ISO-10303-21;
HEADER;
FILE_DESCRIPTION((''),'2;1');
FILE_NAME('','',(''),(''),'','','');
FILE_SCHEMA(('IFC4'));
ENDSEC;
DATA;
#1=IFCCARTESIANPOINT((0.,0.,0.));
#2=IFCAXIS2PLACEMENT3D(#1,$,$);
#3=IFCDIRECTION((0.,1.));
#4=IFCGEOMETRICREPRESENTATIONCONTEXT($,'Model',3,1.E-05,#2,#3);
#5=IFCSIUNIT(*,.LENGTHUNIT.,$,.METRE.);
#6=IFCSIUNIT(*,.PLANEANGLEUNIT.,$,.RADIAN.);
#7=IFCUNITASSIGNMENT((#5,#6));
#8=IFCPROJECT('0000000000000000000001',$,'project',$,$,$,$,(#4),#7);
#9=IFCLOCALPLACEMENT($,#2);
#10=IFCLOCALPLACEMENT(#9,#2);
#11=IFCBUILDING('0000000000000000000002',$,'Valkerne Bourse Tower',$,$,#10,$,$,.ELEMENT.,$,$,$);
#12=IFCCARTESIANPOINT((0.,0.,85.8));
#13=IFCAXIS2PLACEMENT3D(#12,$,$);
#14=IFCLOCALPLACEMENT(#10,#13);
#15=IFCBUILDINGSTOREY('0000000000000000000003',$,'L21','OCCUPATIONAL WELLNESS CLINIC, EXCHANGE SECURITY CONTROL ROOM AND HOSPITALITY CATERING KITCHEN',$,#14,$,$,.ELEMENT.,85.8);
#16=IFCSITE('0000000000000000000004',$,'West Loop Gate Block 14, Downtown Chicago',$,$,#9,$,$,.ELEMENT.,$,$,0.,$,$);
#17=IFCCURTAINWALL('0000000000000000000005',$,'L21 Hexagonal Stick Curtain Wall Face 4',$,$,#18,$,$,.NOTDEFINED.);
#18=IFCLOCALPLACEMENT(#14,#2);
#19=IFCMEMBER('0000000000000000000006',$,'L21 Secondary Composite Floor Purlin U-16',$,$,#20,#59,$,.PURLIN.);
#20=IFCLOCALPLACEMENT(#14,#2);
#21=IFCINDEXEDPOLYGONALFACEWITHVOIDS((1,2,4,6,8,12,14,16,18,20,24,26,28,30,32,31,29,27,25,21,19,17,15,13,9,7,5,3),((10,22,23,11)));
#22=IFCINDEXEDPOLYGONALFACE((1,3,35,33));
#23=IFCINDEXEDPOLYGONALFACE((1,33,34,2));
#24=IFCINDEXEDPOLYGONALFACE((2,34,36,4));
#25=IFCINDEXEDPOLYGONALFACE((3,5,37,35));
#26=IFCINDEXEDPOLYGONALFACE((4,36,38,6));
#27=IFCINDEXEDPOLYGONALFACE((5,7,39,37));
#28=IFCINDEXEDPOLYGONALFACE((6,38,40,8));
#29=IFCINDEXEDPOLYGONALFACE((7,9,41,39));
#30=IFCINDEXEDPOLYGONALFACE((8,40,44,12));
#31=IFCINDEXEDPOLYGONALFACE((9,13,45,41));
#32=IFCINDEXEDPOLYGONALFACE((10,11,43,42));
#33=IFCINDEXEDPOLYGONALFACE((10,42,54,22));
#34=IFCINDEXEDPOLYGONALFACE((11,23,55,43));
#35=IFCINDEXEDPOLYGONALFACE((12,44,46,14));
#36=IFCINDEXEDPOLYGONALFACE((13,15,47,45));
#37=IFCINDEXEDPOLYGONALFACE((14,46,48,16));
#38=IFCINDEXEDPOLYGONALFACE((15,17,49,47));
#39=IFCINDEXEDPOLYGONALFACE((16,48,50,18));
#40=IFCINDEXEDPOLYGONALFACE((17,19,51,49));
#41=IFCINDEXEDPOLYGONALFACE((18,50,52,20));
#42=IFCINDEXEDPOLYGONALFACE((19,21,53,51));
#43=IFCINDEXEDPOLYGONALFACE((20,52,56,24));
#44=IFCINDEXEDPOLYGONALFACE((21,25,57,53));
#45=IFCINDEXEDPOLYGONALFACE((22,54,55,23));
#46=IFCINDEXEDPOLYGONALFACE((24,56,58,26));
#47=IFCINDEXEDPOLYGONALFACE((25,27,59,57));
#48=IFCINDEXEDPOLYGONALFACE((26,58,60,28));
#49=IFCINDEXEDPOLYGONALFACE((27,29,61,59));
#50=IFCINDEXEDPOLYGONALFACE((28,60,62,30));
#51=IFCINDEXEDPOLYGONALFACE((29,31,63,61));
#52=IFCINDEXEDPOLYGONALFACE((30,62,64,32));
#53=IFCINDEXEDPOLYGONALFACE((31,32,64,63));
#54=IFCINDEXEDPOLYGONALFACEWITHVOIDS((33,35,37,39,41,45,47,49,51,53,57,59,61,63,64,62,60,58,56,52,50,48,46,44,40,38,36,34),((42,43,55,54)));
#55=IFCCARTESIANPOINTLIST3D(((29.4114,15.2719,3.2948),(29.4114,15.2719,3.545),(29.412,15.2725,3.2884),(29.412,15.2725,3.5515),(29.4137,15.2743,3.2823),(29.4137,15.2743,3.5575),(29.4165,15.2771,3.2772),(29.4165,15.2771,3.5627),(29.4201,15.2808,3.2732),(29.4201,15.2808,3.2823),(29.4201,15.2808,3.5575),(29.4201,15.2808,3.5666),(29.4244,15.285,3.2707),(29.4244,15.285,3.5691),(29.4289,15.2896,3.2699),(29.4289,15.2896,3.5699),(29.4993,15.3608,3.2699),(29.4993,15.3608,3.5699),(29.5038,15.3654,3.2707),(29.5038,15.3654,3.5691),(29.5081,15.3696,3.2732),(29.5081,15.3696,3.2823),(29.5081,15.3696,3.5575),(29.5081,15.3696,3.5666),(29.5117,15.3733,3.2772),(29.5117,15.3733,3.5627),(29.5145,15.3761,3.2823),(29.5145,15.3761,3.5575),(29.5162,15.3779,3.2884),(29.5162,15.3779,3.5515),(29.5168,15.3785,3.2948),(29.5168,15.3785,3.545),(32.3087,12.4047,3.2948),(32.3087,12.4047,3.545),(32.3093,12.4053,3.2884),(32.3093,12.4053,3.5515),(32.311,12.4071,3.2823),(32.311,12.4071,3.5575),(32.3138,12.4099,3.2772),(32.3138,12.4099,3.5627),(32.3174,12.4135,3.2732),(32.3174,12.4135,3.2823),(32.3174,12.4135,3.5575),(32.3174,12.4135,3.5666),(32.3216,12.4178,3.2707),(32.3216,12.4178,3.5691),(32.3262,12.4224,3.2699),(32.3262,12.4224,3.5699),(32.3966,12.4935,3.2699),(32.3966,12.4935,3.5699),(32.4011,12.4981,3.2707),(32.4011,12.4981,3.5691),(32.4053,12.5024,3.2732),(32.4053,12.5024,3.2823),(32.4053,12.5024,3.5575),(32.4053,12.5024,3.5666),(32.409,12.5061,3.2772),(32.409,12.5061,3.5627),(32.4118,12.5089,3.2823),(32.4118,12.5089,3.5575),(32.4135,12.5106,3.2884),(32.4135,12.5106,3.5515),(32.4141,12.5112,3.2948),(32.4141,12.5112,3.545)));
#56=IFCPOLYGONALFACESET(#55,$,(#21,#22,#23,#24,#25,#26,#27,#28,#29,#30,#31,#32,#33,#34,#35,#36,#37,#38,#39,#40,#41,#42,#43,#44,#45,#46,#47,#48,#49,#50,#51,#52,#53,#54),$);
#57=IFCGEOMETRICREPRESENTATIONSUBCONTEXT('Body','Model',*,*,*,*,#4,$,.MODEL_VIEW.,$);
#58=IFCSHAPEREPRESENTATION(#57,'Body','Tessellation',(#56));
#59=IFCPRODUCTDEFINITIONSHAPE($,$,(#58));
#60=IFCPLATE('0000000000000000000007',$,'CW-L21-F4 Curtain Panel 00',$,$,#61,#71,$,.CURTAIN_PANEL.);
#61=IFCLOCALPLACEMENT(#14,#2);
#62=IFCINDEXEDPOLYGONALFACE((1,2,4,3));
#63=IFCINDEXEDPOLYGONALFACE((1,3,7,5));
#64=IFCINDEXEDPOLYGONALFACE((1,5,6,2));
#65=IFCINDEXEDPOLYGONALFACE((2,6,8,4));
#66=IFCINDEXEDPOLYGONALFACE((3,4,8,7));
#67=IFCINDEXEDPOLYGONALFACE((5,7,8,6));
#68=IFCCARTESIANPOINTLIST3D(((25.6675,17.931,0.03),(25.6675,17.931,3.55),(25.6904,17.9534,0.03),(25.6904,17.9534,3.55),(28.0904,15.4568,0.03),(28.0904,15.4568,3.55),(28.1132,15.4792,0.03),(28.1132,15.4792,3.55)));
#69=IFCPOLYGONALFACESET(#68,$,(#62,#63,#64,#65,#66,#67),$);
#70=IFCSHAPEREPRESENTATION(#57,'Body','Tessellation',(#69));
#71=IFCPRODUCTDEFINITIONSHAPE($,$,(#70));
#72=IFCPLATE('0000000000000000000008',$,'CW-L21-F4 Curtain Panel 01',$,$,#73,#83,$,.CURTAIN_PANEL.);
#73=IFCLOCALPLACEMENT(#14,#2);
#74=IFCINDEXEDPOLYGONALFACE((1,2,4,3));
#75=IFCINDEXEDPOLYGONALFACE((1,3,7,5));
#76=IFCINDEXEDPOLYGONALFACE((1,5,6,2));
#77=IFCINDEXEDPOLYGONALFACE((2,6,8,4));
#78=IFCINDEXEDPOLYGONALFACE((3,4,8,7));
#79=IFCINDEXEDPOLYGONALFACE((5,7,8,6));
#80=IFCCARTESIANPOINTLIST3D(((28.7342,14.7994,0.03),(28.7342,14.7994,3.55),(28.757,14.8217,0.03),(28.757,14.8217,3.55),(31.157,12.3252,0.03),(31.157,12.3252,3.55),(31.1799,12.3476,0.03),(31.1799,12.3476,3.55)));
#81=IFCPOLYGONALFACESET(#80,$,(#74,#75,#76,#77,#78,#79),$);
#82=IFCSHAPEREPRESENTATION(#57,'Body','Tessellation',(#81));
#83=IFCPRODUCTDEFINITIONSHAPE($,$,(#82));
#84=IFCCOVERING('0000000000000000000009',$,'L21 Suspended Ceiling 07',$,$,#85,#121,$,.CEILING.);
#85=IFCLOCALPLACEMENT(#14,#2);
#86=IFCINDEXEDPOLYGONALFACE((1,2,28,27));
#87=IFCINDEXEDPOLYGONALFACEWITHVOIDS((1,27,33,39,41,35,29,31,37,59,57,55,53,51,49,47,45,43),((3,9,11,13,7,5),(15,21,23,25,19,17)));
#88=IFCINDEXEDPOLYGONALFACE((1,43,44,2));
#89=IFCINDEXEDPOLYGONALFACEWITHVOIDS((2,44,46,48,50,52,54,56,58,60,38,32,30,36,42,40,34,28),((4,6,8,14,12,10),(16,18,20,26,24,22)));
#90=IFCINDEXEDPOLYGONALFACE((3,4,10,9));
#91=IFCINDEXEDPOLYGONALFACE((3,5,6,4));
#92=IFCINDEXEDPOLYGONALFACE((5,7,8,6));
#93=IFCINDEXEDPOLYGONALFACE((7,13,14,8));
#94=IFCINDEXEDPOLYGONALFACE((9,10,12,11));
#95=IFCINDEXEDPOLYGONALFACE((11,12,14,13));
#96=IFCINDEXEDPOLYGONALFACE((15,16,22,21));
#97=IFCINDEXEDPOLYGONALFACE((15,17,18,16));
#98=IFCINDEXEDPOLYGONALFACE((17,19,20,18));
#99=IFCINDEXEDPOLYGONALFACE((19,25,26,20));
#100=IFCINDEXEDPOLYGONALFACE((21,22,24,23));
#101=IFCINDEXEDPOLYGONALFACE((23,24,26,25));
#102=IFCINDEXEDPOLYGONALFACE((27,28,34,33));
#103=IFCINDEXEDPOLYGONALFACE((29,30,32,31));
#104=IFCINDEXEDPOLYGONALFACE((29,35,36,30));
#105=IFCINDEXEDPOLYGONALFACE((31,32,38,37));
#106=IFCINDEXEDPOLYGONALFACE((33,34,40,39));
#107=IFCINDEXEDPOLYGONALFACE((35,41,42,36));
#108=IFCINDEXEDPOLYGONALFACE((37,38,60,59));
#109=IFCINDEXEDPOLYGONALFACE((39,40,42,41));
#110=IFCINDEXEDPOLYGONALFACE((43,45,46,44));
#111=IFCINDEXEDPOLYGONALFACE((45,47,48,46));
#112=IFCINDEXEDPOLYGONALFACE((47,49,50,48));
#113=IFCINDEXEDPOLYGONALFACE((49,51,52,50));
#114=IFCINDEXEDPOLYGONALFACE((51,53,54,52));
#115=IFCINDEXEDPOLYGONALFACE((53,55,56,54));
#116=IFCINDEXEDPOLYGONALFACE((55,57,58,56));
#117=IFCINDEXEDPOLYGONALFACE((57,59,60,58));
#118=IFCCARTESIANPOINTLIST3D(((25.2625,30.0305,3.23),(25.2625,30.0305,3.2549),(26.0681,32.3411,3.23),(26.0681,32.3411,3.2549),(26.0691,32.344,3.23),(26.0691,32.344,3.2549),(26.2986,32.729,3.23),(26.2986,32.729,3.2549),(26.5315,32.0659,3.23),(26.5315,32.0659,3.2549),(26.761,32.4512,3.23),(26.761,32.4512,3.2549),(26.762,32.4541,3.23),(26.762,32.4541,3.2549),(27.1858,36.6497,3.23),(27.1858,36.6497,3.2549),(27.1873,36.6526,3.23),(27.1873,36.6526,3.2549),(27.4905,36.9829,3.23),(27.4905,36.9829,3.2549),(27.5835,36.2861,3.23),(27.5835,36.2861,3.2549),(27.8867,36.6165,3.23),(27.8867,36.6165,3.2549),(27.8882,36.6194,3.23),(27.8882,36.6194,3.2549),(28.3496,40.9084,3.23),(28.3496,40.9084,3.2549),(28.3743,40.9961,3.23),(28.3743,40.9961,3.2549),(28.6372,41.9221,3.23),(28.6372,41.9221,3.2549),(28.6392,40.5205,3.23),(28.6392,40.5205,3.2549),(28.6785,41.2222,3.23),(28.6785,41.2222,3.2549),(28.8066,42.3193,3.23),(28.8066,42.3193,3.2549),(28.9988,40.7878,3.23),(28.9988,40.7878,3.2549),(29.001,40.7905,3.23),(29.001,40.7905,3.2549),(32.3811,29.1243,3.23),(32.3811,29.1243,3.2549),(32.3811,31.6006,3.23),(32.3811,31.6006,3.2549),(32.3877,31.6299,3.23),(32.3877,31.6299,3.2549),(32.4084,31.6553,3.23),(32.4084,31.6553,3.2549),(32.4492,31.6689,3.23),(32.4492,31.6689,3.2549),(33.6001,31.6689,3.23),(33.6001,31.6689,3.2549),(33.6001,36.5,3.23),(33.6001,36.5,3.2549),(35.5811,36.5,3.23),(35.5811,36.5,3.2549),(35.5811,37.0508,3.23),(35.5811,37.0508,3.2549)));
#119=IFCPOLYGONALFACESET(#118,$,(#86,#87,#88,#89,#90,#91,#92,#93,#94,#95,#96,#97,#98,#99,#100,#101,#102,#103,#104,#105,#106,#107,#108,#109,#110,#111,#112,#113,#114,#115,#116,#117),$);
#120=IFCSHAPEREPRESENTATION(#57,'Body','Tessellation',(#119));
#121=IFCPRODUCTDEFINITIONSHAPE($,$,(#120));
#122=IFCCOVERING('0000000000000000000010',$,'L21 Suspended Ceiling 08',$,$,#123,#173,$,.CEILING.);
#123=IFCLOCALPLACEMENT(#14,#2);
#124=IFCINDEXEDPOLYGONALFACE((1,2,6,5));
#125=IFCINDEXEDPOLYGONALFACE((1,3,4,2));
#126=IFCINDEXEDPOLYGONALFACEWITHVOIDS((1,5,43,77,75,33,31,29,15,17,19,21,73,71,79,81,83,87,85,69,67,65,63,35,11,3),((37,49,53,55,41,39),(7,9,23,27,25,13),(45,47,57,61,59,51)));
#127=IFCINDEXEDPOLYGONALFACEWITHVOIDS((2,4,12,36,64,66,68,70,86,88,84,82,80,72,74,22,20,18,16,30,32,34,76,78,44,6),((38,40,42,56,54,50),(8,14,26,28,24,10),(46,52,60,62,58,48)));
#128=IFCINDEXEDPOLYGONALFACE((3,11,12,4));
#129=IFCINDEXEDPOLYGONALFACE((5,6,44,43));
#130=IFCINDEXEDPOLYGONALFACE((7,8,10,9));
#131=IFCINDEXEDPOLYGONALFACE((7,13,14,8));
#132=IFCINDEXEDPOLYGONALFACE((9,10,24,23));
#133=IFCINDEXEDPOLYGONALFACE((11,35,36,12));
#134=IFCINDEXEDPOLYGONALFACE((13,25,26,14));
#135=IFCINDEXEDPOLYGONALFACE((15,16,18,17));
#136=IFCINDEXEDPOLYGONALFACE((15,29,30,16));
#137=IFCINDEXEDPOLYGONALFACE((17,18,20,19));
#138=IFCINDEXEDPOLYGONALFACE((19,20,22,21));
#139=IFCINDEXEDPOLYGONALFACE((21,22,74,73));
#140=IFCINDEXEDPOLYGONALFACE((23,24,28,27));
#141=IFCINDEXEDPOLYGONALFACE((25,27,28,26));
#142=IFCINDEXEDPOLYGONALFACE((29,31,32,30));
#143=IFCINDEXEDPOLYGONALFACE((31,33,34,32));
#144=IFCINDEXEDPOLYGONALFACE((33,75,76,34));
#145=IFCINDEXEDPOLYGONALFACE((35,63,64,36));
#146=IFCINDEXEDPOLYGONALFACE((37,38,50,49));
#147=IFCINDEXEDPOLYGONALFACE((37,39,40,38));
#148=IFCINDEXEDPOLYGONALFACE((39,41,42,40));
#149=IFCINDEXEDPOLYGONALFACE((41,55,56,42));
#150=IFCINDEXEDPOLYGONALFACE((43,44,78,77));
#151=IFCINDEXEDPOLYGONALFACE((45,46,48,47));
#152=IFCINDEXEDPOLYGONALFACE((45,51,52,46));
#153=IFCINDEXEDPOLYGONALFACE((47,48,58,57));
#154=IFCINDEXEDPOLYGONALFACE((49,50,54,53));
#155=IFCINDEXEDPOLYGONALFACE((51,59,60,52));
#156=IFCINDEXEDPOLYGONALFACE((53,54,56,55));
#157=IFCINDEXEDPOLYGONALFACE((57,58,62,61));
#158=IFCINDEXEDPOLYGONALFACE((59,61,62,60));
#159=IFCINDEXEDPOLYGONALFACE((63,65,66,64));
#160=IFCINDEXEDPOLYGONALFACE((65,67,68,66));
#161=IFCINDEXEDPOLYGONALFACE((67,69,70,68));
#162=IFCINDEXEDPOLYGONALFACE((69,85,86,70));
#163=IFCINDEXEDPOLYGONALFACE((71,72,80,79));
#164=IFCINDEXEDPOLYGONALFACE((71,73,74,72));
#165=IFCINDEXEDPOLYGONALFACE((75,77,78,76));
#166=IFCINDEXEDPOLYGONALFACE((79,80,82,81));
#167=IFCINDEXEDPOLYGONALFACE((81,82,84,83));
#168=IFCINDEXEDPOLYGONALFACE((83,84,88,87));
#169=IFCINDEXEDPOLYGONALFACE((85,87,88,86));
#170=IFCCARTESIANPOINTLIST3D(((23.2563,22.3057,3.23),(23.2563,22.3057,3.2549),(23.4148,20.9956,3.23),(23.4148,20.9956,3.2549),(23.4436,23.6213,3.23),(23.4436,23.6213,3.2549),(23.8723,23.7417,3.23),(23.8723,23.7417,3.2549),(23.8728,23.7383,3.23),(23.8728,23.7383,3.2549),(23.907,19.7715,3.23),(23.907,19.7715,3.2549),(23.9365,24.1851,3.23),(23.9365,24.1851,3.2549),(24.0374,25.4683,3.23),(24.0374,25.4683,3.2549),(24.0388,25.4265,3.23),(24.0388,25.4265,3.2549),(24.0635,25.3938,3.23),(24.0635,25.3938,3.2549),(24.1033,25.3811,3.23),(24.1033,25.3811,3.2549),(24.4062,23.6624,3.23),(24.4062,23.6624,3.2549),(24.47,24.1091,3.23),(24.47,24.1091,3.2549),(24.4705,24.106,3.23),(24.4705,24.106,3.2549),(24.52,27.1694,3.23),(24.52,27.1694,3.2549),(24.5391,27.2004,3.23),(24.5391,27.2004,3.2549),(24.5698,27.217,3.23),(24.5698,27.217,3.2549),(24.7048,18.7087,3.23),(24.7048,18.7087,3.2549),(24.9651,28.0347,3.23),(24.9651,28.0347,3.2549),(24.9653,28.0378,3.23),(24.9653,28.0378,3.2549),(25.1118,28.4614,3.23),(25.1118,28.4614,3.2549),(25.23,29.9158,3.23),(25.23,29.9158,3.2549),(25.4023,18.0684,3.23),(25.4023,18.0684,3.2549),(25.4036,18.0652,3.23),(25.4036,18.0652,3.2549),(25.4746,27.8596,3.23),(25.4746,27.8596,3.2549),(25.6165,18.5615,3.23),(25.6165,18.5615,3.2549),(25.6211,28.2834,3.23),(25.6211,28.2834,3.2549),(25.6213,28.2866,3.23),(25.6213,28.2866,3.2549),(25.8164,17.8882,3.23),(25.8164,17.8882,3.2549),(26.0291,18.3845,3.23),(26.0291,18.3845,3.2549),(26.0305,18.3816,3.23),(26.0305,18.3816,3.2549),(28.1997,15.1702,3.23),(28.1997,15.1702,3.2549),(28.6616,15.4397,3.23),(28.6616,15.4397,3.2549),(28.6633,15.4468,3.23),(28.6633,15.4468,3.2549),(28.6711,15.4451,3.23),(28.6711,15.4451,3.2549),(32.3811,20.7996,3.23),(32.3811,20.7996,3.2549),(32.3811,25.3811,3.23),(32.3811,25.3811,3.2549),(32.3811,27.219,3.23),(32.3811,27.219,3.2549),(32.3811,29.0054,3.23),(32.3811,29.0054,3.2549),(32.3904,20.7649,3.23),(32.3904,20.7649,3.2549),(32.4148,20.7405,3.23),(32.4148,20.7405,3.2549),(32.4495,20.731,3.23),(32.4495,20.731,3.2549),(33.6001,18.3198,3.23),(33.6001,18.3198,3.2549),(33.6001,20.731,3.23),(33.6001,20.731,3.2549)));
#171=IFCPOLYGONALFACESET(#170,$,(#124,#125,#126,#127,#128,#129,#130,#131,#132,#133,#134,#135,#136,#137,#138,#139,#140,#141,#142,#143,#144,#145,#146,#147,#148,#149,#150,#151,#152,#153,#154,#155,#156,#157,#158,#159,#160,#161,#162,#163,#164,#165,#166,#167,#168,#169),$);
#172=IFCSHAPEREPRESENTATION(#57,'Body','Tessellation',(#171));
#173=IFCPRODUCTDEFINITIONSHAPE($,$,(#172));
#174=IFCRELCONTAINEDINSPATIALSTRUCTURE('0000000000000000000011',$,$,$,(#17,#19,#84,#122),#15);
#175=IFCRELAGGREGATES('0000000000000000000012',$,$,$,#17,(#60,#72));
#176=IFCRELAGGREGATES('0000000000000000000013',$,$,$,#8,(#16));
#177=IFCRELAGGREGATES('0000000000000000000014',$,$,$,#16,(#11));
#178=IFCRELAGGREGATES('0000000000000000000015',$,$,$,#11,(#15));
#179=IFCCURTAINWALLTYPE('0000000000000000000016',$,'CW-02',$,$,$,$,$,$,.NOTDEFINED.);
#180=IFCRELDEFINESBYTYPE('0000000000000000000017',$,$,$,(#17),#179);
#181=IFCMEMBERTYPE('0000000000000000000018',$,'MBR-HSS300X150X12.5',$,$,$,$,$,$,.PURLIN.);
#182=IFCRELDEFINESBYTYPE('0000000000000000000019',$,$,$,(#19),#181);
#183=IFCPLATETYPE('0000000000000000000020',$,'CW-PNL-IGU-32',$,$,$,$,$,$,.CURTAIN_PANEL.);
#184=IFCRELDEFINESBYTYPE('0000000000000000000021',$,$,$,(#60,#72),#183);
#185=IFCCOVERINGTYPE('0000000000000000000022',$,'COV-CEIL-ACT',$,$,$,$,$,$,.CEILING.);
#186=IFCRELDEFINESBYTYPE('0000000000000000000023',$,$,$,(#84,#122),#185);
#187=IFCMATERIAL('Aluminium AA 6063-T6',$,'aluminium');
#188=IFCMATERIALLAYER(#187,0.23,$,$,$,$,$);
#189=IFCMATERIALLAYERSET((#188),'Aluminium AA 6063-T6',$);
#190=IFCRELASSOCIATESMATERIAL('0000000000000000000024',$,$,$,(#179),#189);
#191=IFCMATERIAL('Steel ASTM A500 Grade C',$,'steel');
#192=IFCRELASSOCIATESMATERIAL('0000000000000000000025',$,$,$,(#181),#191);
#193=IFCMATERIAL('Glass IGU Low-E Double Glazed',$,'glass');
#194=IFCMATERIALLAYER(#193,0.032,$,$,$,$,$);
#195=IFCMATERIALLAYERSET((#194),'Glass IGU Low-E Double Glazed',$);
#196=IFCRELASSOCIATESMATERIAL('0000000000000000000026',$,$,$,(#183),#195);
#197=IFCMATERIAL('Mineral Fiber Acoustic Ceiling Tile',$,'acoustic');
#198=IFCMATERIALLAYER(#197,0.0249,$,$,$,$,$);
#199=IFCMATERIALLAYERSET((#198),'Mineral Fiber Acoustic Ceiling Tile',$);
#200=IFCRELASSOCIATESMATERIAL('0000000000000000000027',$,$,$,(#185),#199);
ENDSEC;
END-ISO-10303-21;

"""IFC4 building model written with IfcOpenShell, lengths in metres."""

from ifc_helpers import new_model, si_unit, direction, frame, origin, origin_2d, place, context, subcontext, project, spatial, polyline, rectangle, hollow_rectangle, outline, extrude, material, layer, layer_set, material_profile, profile_set, type_object, element, aggregate, save


model = new_model("IFC4")

# Units and contexts
model_context = context("Model", 3, precision=1e-05, world=origin(), true_north=direction((0.0, 1.0)))
body_context = subcontext(model_context, "Body", "Model", "MODEL_VIEW")
ifc_project = project(units=[si_unit("LENGTHUNIT", "METRE"), si_unit("PLANEANGLEUNIT", "RADIAN")], contexts=[model_context])

# Site, building, storey
site_placement = place(None, origin())
site = spatial("IfcSite", under=ifc_project, at=site_placement, Name="West Loop Gate Block 14, Downtown Chicago", CompositionType="ELEMENT", RefElevation=0.0)
building_placement = place(site_placement, origin())
building = spatial("IfcBuilding", under=site, at=building_placement, Name="Valkerne Bourse Tower", CompositionType="ELEMENT")
storey_placement = place(building_placement, frame((0.0, 0.0, 85.8)))
storey = spatial("IfcBuildingStorey", under=building, at=storey_placement, Name="L21", Description="OCCUPATIONAL WELLNESS CLINIC, EXCHANGE SECURITY CONTROL ROOM AND HOSPITALITY CATERING KITCHEN", CompositionType="ELEMENT", Elevation=85.8)

# Curtain wall
ifc_material_1 = material(Name="Aluminium AA 6063-T6", Category="aluminium")
ifc_layer_1 = layer(ifc_material_1, 0.23)
ifc_layer_set_1 = layer_set([ifc_layer_1], Name="Aluminium AA 6063-T6")
curtain_wall_type = type_object("IfcCurtainWallType", Name="CW-02", PredefinedType="NOTDEFINED", material=ifc_layer_set_1)
curtain_wall_placement = place(storey_placement, origin())
curtain_wall = element("IfcCurtainWall", 1, at=curtain_wall_placement, inside=storey, type_object=curtain_wall_type, Name="L21 Hexagonal Stick Curtain Wall Face 4", PredefinedType="NOTDEFINED")

# Member
ifc_material_2 = material(Name="Steel ASTM A500 Grade C", Category="steel")
ifc_material_profile_1 = material_profile(ifc_material_2, hollow_rectangle(XDim=0.1499, YDim=0.3, WallThickness=0.0125, OuterFilletRadius=0.0249, at=origin_2d()), Name="HSS300X150X12.5")
ifc_profile_set_1 = profile_set([ifc_material_profile_1], Name="Steel ASTM A500 Grade C")
member_type_1 = type_object("IfcMemberType", Name="MBR-HSS300X150X12.5", PredefinedType="PURLIN", material=ifc_profile_set_1)
for number, where, z_axis, x_axis, name in (
    (2, (29.4641, 15.3252, 3.4199), (0.710781, -0.703414, 0.0), (0.703414, 0.710781, 0.0), "L21 Secondary Composite Floor Purlin U-16"),
):
    element("IfcMember", number, at=place(storey_placement, frame(where, z_axis=z_axis, x_axis=x_axis)), inside=storey, type_object=member_type_1, Name=name, PredefinedType="PURLIN", context=body_context, shape_type="SweptSolid", body=[
        extrude(hollow_rectangle(XDim=0.1499, YDim=0.3, WallThickness=0.0125, OuterFilletRadius=0.0249, at=origin_2d()), origin(), (0.0, 0.0, 1.0), 4.0762),
    ])

# Plates
ifc_material_3 = material(Name="Glass IGU Low-E Double Glazed", Category="glass")
ifc_layer_2 = layer(ifc_material_3, 0.032)
ifc_layer_set_2 = layer_set([ifc_layer_2], Name="Glass IGU Low-E Double Glazed")
plate_type = type_object("IfcPlateType", Name="CW-PNL-IGU-32", PredefinedType="CURTAIN_PANEL", material=ifc_layer_set_2)
plate_1_placement = place(storey_placement, frame((26.8904, 16.7051, 0.03), z_axis=(0.0, 0.0, 1.0), x_axis=(0.699653, -0.714483, 0.0)))
plate_1 = element("IfcPlate", 3, at=plate_1_placement, type_object=plate_type, Name="CW-L21-F4 Curtain Panel 00", PredefinedType="CURTAIN_PANEL", context=body_context, shape_type="SweptSolid", body=[
    extrude(rectangle(XDim=3.4629, YDim=0.032, at=origin_2d()), origin(), (0.0, 0.0, 1.0), 3.52),
])
plate_2_placement = place(storey_placement, frame((29.957, 13.5735, 0.03), z_axis=(0.0, 0.0, 1.0), x_axis=(0.699664, -0.714472, 0.0)))
plate_2 = element("IfcPlate", 4, at=plate_2_placement, type_object=plate_type, Name="CW-L21-F4 Curtain Panel 01", PredefinedType="CURTAIN_PANEL", context=body_context, shape_type="SweptSolid", body=[
    extrude(rectangle(XDim=3.4629, YDim=0.032, at=origin_2d()), origin(), (0.0, 0.0, 1.0), 3.52),
])
aggregate(curtain_wall, [plate_1, plate_2])

# Coverings
ifc_material_4 = material(Name="Mineral Fiber Acoustic Ceiling Tile", Category="acoustic")
ifc_layer_3 = layer(ifc_material_4, 0.0249)
ifc_layer_set_3 = layer_set([ifc_layer_3], Name="Mineral Fiber Acoustic Ceiling Tile")
covering_type_1 = type_object("IfcCoveringType", Name="COV-CEIL-ACT", PredefinedType="CEILING", material=ifc_layer_set_3)
covering_1_placement = place(storey_placement, frame((0.0, 0.0, 3.23)))
element("IfcCovering", 5, at=covering_1_placement, inside=storey, type_object=covering_type_1, Name="L21 Suspended Ceiling 07", PredefinedType="CEILING", context=body_context, shape_type="SweptSolid", body=[
    extrude(outline(polyline([(35.5811, 37.0508), (35.5811, 36.5), (33.6001, 36.5), (33.6001, 31.6689), (32.4492, 31.6689), (32.4084, 31.6553), (32.3877, 31.6299), (32.3811, 31.6006), (32.3811, 29.1243), (25.2625, 30.0305), (28.3496, 40.9084), (28.6392, 40.5205), (28.9988, 40.7878), (29.001, 40.7905), (28.6785, 41.2222), (28.3743, 40.9961), (28.6372, 41.9221), (28.8066, 42.3193), (35.5811, 37.0508)]), holes=[polyline([(26.761, 32.4512), (26.762, 32.4541), (26.2986, 32.729), (26.0691, 32.344), (26.0681, 32.3411), (26.5315, 32.0659), (26.761, 32.4512)]), polyline([(27.8882, 36.6194), (27.4905, 36.9829), (27.1873, 36.6526), (27.1858, 36.6497), (27.5835, 36.2861), (27.8867, 36.6165), (27.8882, 36.6194)])]), origin(), (0.0, 0.0, 1.0), 0.0249),
])
covering_2_placement = place(storey_placement, frame((0.0, 0.0, 3.23)))
element("IfcCovering", 6, at=covering_2_placement, inside=storey, type_object=covering_type_1, Name="L21 Suspended Ceiling 08", PredefinedType="CEILING", context=body_context, shape_type="SweptSolid", body=[
    extrude(outline(polyline([(23.4148, 20.9956), (23.2563, 22.3057), (23.4436, 23.6213), (25.23, 29.9158), (32.3811, 29.0054), (32.3811, 27.219), (24.5698, 27.217), (24.5391, 27.2004), (24.52, 27.1694), (24.0374, 25.4683), (24.0388, 25.4265), (24.0635, 25.3938), (24.1033, 25.3811), (32.3811, 25.3811), (32.3811, 20.7996), (32.3904, 20.7649), (32.4148, 20.7405), (32.4495, 20.731), (33.6001, 20.731), (33.6001, 18.3198), (28.6711, 15.4451), (28.6633, 15.4468), (28.6616, 15.4397), (28.1997, 15.1702), (24.7048, 18.7087), (23.907, 19.7715), (23.4148, 20.9956)]), holes=[polyline([(26.0305, 18.3816), (26.0291, 18.3845), (25.6165, 18.5615), (25.4023, 18.0684), (25.4036, 18.0652), (25.8164, 17.8882), (26.0305, 18.3816)]), polyline([(24.47, 24.1091), (23.9365, 24.1851), (23.8723, 23.7417), (23.8728, 23.7383), (24.4062, 23.6624), (24.4705, 24.106), (24.47, 24.1091)]), polyline([(25.6213, 28.2866), (25.1118, 28.4614), (24.9653, 28.0378), (24.9651, 28.0347), (25.4746, 27.8596), (25.6211, 28.2834), (25.6213, 28.2866)])]), origin(), (0.0, 0.0, 1.0), 0.0249),
])

save(model, "model.ifc")
